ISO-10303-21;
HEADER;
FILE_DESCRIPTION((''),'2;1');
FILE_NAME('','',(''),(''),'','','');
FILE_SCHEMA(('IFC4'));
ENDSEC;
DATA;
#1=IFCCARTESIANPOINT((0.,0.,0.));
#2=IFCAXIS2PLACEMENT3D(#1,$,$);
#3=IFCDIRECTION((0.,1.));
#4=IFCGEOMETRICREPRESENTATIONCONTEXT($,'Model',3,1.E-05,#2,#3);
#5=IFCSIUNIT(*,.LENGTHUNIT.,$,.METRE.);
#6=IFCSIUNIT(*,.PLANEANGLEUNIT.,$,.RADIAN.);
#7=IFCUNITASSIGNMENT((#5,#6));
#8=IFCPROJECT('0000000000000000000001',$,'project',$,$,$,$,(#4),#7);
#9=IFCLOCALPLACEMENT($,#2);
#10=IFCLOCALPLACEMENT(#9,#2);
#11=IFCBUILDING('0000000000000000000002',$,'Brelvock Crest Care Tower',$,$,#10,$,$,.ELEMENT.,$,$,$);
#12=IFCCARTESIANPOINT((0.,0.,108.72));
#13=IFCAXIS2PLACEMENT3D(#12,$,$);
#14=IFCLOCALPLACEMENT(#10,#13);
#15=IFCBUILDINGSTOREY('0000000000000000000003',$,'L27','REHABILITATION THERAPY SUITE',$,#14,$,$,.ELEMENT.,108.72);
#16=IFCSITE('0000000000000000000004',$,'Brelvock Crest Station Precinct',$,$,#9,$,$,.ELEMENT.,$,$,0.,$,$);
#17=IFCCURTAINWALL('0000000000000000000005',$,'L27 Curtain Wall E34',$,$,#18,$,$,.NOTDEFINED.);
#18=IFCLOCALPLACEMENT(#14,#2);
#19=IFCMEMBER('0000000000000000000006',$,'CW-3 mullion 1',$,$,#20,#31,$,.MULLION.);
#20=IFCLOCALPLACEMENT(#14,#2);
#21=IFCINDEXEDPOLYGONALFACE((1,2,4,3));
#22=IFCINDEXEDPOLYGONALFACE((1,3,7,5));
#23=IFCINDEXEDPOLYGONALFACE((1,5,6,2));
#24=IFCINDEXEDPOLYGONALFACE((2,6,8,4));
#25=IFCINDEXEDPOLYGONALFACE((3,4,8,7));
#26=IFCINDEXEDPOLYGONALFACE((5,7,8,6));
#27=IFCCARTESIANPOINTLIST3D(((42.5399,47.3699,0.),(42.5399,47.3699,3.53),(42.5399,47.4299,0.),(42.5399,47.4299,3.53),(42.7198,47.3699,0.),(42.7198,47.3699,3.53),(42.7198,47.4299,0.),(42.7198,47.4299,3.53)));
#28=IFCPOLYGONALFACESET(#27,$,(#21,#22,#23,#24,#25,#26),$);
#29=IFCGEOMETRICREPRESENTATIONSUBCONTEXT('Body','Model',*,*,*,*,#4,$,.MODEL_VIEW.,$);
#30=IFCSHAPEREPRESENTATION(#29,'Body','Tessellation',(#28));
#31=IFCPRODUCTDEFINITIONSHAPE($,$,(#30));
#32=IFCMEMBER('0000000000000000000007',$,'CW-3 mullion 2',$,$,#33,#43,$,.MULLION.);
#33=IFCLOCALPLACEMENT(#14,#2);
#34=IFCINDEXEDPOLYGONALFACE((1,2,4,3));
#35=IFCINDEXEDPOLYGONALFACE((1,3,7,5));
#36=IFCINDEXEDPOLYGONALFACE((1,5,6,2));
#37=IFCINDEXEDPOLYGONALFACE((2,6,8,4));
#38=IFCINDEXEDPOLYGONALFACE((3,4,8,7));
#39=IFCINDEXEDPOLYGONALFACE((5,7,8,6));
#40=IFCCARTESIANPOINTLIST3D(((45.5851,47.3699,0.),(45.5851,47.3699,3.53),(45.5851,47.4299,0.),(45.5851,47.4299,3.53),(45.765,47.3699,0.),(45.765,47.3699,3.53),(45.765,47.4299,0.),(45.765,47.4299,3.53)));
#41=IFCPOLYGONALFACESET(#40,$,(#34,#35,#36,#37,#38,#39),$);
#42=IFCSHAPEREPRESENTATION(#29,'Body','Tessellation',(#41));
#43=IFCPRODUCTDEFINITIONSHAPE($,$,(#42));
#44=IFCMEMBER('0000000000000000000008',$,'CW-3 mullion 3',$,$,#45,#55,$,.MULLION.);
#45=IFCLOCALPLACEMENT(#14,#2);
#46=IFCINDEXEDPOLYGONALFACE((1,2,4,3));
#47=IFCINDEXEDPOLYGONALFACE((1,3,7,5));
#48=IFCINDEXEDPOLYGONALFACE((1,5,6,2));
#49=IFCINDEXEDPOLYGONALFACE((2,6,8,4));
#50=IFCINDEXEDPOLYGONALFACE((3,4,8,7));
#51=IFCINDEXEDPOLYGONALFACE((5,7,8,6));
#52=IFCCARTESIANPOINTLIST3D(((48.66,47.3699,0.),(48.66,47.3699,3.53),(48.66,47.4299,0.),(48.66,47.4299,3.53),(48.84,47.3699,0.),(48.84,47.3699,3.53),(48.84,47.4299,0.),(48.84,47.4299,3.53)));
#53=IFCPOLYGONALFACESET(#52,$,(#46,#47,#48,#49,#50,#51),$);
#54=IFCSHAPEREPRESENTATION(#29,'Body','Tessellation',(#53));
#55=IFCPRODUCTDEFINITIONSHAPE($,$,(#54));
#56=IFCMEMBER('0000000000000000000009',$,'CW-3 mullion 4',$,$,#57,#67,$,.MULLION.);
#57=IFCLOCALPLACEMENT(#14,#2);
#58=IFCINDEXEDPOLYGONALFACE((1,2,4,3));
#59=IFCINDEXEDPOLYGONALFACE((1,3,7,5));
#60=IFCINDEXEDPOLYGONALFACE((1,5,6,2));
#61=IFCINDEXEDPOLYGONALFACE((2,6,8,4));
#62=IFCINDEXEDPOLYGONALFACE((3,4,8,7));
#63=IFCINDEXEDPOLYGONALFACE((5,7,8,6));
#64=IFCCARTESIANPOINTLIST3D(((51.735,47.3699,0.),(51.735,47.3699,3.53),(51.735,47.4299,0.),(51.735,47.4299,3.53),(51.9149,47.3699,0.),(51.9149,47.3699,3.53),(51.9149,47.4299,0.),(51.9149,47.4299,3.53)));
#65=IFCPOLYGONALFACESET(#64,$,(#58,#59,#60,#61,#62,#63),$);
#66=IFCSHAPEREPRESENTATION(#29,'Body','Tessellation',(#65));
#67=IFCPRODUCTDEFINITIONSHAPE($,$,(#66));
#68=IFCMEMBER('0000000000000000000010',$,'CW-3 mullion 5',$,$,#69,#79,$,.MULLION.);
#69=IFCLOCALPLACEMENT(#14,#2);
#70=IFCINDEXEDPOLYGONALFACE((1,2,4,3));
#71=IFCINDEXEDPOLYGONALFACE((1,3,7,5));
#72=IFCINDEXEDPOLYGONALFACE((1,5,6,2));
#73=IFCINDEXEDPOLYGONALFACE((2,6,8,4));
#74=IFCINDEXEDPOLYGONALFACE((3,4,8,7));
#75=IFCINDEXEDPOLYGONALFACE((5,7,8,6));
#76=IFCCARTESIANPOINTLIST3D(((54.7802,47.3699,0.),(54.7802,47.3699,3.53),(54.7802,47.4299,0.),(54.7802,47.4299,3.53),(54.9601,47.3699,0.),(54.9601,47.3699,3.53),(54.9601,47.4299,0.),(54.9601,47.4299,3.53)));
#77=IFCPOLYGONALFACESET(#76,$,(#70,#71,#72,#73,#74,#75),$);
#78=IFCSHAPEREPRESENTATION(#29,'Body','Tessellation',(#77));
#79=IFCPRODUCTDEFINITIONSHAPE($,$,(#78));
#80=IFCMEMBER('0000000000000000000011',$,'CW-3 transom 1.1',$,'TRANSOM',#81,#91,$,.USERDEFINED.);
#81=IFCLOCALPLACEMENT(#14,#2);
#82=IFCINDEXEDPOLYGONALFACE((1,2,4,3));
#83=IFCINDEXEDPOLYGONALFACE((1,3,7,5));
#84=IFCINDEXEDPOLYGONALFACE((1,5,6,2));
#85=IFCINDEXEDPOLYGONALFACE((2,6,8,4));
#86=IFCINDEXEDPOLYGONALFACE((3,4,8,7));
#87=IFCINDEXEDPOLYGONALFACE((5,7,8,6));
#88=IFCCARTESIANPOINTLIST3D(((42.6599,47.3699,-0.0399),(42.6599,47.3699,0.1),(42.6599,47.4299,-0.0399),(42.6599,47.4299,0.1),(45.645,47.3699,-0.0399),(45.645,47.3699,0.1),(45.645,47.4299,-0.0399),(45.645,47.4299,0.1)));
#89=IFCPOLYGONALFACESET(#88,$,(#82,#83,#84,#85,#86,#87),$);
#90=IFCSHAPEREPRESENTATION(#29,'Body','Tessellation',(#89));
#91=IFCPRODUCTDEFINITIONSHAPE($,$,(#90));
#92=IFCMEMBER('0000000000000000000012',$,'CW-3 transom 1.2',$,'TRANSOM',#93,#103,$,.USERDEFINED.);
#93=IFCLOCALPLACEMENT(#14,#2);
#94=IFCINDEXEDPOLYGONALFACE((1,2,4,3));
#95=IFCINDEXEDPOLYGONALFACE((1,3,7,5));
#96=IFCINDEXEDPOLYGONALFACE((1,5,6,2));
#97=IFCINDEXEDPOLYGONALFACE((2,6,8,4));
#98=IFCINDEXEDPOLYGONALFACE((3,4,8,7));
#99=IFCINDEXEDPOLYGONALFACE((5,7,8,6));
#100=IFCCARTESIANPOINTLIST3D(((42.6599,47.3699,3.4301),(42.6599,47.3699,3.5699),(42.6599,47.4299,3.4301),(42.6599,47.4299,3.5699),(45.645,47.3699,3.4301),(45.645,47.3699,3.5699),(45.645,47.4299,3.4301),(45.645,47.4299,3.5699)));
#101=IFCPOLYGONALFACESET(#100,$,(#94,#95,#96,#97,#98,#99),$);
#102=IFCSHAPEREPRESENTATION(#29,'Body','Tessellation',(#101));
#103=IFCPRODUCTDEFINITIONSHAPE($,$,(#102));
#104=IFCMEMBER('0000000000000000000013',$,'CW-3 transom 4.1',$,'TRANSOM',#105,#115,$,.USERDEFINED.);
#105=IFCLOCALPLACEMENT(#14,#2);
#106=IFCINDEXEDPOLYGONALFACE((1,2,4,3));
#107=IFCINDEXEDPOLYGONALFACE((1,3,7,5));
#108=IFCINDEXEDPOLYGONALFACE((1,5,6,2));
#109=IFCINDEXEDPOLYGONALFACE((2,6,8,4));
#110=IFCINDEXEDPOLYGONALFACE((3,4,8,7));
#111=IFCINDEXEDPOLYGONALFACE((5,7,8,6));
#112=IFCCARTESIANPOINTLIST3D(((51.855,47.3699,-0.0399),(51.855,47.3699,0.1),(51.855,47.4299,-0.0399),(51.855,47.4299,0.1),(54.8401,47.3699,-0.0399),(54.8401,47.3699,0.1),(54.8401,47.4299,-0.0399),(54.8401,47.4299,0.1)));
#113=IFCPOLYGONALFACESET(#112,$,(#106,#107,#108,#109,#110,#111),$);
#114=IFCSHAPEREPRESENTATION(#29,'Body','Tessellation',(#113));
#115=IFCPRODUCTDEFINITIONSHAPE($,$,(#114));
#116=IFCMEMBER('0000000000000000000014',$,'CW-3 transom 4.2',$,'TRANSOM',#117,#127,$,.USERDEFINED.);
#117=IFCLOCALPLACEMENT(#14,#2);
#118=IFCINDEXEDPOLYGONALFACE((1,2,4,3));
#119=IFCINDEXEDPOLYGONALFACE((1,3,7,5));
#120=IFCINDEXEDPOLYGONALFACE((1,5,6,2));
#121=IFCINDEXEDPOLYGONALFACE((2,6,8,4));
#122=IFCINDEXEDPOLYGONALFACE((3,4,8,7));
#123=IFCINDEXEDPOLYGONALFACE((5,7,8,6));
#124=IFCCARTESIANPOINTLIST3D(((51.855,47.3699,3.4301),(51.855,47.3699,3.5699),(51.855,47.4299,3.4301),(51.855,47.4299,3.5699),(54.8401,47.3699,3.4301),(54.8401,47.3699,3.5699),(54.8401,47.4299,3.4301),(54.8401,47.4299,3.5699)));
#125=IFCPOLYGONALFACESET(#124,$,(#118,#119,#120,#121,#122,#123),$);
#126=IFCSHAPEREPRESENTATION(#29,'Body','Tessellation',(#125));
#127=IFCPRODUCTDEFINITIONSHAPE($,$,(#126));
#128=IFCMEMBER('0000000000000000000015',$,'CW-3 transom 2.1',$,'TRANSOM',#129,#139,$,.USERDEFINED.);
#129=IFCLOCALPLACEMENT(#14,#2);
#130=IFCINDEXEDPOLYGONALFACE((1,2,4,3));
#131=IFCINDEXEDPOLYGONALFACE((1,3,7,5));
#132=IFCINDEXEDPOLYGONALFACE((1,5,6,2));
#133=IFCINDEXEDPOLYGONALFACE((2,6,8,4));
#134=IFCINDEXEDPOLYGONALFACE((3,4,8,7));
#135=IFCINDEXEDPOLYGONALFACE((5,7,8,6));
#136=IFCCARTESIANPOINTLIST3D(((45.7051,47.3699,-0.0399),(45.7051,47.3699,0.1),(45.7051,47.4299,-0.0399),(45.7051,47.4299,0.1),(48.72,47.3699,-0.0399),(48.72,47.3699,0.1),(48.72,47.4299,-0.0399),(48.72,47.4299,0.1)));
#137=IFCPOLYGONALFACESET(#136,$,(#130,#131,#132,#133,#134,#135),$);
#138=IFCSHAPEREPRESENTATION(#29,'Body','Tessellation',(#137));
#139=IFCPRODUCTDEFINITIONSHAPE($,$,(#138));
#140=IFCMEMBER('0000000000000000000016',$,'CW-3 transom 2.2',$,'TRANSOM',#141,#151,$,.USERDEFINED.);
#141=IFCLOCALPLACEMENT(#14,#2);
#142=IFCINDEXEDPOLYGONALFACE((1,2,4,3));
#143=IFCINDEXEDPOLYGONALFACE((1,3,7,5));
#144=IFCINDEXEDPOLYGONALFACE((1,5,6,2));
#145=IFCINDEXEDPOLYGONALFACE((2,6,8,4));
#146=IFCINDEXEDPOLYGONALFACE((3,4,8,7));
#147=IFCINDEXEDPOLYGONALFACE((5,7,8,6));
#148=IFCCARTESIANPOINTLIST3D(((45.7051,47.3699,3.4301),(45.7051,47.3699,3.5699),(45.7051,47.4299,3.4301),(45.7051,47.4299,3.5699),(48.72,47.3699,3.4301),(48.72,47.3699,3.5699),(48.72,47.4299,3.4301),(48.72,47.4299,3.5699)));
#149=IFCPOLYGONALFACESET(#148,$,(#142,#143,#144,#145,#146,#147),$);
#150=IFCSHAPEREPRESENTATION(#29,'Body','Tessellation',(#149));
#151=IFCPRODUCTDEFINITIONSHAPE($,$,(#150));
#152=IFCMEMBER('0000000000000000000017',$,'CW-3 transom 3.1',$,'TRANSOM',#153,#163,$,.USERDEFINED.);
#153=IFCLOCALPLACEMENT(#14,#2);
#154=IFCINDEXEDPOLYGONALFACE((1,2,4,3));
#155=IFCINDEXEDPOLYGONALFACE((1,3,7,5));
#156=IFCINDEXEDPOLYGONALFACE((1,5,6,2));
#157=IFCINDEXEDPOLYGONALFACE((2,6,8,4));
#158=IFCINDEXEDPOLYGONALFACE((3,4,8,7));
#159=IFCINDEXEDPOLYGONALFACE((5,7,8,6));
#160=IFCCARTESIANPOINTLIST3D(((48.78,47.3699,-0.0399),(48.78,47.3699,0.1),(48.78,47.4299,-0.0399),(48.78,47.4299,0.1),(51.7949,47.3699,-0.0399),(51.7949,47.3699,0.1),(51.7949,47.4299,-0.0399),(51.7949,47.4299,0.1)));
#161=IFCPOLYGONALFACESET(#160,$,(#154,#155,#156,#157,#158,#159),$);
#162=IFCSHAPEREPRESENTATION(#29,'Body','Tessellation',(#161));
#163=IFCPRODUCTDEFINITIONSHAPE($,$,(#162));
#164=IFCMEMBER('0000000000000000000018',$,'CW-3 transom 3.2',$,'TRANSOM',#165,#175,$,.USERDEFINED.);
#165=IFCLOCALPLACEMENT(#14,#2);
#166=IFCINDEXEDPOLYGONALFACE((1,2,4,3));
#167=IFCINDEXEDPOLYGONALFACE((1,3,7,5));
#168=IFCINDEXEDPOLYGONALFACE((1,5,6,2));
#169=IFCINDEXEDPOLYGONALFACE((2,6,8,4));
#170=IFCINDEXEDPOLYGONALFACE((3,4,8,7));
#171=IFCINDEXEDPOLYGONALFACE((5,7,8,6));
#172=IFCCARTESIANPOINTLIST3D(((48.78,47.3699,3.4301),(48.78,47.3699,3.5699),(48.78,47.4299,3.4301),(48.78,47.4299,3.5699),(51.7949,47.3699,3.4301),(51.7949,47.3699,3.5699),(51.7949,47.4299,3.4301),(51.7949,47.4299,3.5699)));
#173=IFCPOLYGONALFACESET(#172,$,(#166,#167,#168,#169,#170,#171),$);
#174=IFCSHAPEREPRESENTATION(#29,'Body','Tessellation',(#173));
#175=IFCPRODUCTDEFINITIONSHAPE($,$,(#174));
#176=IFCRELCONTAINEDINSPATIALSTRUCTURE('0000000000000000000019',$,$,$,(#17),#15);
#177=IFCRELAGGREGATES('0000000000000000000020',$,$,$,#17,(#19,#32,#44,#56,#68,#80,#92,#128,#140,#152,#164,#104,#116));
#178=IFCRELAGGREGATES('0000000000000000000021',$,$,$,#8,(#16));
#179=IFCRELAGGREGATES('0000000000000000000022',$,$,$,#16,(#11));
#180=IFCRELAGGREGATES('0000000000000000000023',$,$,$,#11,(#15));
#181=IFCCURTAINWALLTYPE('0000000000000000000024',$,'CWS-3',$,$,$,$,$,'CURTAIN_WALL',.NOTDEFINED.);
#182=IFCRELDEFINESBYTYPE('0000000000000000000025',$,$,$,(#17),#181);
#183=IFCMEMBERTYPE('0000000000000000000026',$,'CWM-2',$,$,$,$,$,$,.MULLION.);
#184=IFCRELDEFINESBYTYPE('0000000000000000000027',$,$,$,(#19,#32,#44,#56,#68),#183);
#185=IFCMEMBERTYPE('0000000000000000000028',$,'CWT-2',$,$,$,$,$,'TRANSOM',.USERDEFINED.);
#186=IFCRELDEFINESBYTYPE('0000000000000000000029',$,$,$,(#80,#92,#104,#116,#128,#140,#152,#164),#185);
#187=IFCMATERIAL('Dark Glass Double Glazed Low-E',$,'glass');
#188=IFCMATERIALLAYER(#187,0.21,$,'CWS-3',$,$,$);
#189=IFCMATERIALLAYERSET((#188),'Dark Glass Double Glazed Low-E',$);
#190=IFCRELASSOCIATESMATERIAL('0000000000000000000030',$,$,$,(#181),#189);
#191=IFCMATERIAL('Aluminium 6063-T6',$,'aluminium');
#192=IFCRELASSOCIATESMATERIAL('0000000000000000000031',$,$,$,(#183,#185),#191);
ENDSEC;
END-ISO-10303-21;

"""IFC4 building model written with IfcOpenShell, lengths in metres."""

from ifc_helpers import new_model, si_unit, direction, frame, origin, origin_2d, place, context, subcontext, project, spatial, rectangle, extrude, source, transform, mapped, material, layer, layer_set, material_profile, profile_set, type_object, element, aggregate, save


model = new_model("IFC4")

# Units and contexts
model_context = context("Model", 3, precision=1e-05, world=origin(), true_north=direction((0.0, 1.0)))
body_context = subcontext(model_context, "Body", "Model", "MODEL_VIEW")
ifc_project = project(units=[si_unit("LENGTHUNIT", "METRE"), si_unit("PLANEANGLEUNIT", "RADIAN")], contexts=[model_context])

# Site, building, storey
site_placement = place(None, origin())
site = spatial("IfcSite", under=ifc_project, at=site_placement, Name="Brelvock Crest Station Precinct", CompositionType="ELEMENT", RefElevation=0.0)
building_placement = place(site_placement, origin())
building = spatial("IfcBuilding", under=site, at=building_placement, Name="Brelvock Crest Care Tower", CompositionType="ELEMENT")
storey_placement = place(building_placement, frame((0.0, 0.0, 108.72)))
storey = spatial("IfcBuildingStorey", under=building, at=storey_placement, Name="L27", Description="REHABILITATION THERAPY SUITE", CompositionType="ELEMENT", Elevation=108.72)

# Curtain wall, members
ifc_material_1 = material(Name="Dark Glass Double Glazed Low-E", Category="glass")
ifc_layer_1 = layer(ifc_material_1, 0.21, Name="CWS-3")
ifc_layer_set_1 = layer_set([ifc_layer_1], Name="Dark Glass Double Glazed Low-E")
curtain_wall_type = type_object("IfcCurtainWallType", Name="CWS-3", ElementType="CURTAIN_WALL", PredefinedType="NOTDEFINED", material=ifc_layer_set_1)
curtain_wall_placement = place(storey_placement, origin())
curtain_wall = element("IfcCurtainWall", 1, at=curtain_wall_placement, inside=storey, type_object=curtain_wall_type, Name="L27 Curtain Wall E34", PredefinedType="NOTDEFINED")
ifc_material_2 = material(Name="Aluminium 6063-T6", Category="aluminium")
ifc_material_profile_1 = material_profile(ifc_material_2, rectangle(XDim=0.0601, YDim=0.1799, at=origin_2d()), Name="ALU60x180")
ifc_profile_set_1 = profile_set([ifc_material_profile_1], Name="Aluminium 6063-T6")
member_type_1 = type_object("IfcMemberType", Name="CWM-2", PredefinedType="MULLION", material=ifc_profile_set_1)
shared_shape_1 = source(origin(), body_context, "Body", "SweptSolid", [
    extrude(rectangle(XDim=0.0601, YDim=0.1799, at=origin_2d()), origin(), (0.0, 0.0, 1.0), 3.53),
])
member_1_placement = place(storey_placement, frame((42.6299, 47.3999, 0.0), z_axis=(0.0, 0.0, 1.0), x_axis=(0.0, 1.0, 0.0)))
member_1 = element("IfcMember", 2, at=member_1_placement, type_object=member_type_1, Name="CW-3 mullion 1", PredefinedType="MULLION", context=body_context, shape_type="MappedRepresentation", body=[
    mapped(shared_shape_1, transform((0.0, 0.0, 0.0), x_axis=(1.0, 0.0, 0.0), y_axis=(0.0, 1.0, 0.0), z_axis=(0.0, 0.0, 1.0), scale=1.0)),
])
member_2_placement = place(storey_placement, frame((45.675, 47.3999, 0.0), z_axis=(0.0, 0.0, 1.0), x_axis=(0.0, 1.0, 0.0)))
member_2 = element("IfcMember", 3, at=member_2_placement, type_object=member_type_1, Name="CW-3 mullion 2", PredefinedType="MULLION", context=body_context, shape_type="MappedRepresentation", body=[
    mapped(shared_shape_1, transform((0.0, 0.0, 0.0), x_axis=(1.0, 0.0, 0.0), y_axis=(0.0, 1.0, 0.0), z_axis=(0.0, 0.0, 1.0), scale=1.0)),
])
member_3_placement = place(storey_placement, frame((48.75, 47.3999, 0.0), z_axis=(0.0, 0.0, 1.0), x_axis=(0.0, 1.0, 0.0)))
member_3 = element("IfcMember", 4, at=member_3_placement, type_object=member_type_1, Name="CW-3 mullion 3", PredefinedType="MULLION", context=body_context, shape_type="MappedRepresentation", body=[
    mapped(shared_shape_1, transform((0.0, 0.0, 0.0), x_axis=(1.0, 0.0, 0.0), y_axis=(0.0, 1.0, 0.0), z_axis=(0.0, 0.0, 1.0), scale=1.0)),
])
member_4_placement = place(storey_placement, frame((51.825, 47.3999, 0.0), z_axis=(0.0, 0.0, 1.0), x_axis=(0.0, 1.0, 0.0)))
member_4 = element("IfcMember", 5, at=member_4_placement, type_object=member_type_1, Name="CW-3 mullion 4", PredefinedType="MULLION", context=body_context, shape_type="MappedRepresentation", body=[
    mapped(shared_shape_1, transform((0.0, 0.0, 0.0), x_axis=(1.0, 0.0, 0.0), y_axis=(0.0, 1.0, 0.0), z_axis=(0.0, 0.0, 1.0), scale=1.0)),
])
member_5_placement = place(storey_placement, frame((54.8701, 47.3999, 0.0), z_axis=(0.0, 0.0, 1.0), x_axis=(0.0, 1.0, 0.0)))
member_5 = element("IfcMember", 6, at=member_5_placement, type_object=member_type_1, Name="CW-3 mullion 5", PredefinedType="MULLION", context=body_context, shape_type="MappedRepresentation", body=[
    mapped(shared_shape_1, transform((0.0, 0.0, 0.0), x_axis=(1.0, 0.0, 0.0), y_axis=(0.0, 1.0, 0.0), z_axis=(0.0, 0.0, 1.0), scale=1.0)),
])
ifc_material_profile_2 = material_profile(ifc_material_2, rectangle(XDim=0.0601, YDim=0.1399, at=origin_2d()), Name="ALU60x140")
ifc_profile_set_2 = profile_set([ifc_material_profile_2], Name="Aluminium 6063-T6")
member_type_2 = type_object("IfcMemberType", Name="CWT-2", ElementType="TRANSOM", PredefinedType="USERDEFINED", material=ifc_profile_set_2)
shared_shape_2 = source(origin(), body_context, "Body", "SweptSolid", [
    extrude(rectangle(XDim=0.0601, YDim=0.1399, at=origin_2d()), origin(), (0.0, 0.0, 1.0), 2.9851),
])
member_6_placement = place(storey_placement, frame((42.6599, 47.3999, 0.03), z_axis=(1.0, 0.0, 0.0), x_axis=(0.0, 1.0, 0.0)))
member_6 = element("IfcMember", 7, at=member_6_placement, type_object=member_type_2, Name="CW-3 transom 1.1", ObjectType="TRANSOM", PredefinedType="USERDEFINED", context=body_context, shape_type="MappedRepresentation", body=[
    mapped(shared_shape_2, transform((0.0, 0.0, 0.0), x_axis=(1.0, 0.0, 0.0), y_axis=(0.0, 1.0, 0.0), z_axis=(0.0, 0.0, 1.0), scale=1.0)),
])
member_7_placement = place(storey_placement, frame((42.6599, 47.3999, 3.5), z_axis=(1.0, 0.0, 0.0), x_axis=(0.0, 1.0, 0.0)))
member_7 = element("IfcMember", 8, at=member_7_placement, type_object=member_type_2, Name="CW-3 transom 1.2", ObjectType="TRANSOM", PredefinedType="USERDEFINED", context=body_context, shape_type="MappedRepresentation", body=[
    mapped(shared_shape_2, transform((0.0, 0.0, 0.0), x_axis=(1.0, 0.0, 0.0), y_axis=(0.0, 1.0, 0.0), z_axis=(0.0, 0.0, 1.0), scale=1.0)),
])
member_8_placement = place(storey_placement, frame((51.855, 47.3999, 0.03), z_axis=(1.0, 0.0, 0.0), x_axis=(0.0, 1.0, 0.0)))
member_8 = element("IfcMember", 9, at=member_8_placement, type_object=member_type_2, Name="CW-3 transom 4.1", ObjectType="TRANSOM", PredefinedType="USERDEFINED", context=body_context, shape_type="MappedRepresentation", body=[
    mapped(shared_shape_2, transform((0.0, 0.0, 0.0), x_axis=(1.0, 0.0, 0.0), y_axis=(0.0, 1.0, 0.0), z_axis=(0.0, 0.0, 1.0), scale=1.0)),
])
member_9_placement = place(storey_placement, frame((51.855, 47.3999, 3.5), z_axis=(1.0, 0.0, 0.0), x_axis=(0.0, 1.0, 0.0)))
member_9 = element("IfcMember", 10, at=member_9_placement, type_object=member_type_2, Name="CW-3 transom 4.2", ObjectType="TRANSOM", PredefinedType="USERDEFINED", context=body_context, shape_type="MappedRepresentation", body=[
    mapped(shared_shape_2, transform((0.0, 0.0, 0.0), x_axis=(1.0, 0.0, 0.0), y_axis=(0.0, 1.0, 0.0), z_axis=(0.0, 0.0, 1.0), scale=1.0)),
])
shared_shape_3 = source(origin(), body_context, "Body", "SweptSolid", [
    extrude(rectangle(XDim=0.0601, YDim=0.1399, at=origin_2d()), origin(), (0.0, 0.0, 1.0), 3.0149),
])
member_10_placement = place(storey_placement, frame((45.7051, 47.3999, 0.03), z_axis=(1.0, 0.0, 0.0), x_axis=(0.0, 1.0, 0.0)))
member_10 = element("IfcMember", 11, at=member_10_placement, type_object=member_type_2, Name="CW-3 transom 2.1", ObjectType="TRANSOM", PredefinedType="USERDEFINED", context=body_context, shape_type="MappedRepresentation", body=[
    mapped(shared_shape_3, transform((0.0, 0.0, 0.0), x_axis=(1.0, 0.0, 0.0), y_axis=(0.0, 1.0, 0.0), z_axis=(0.0, 0.0, 1.0), scale=1.0)),
])
member_11_placement = place(storey_placement, frame((45.7051, 47.3999, 3.5), z_axis=(1.0, 0.0, 0.0), x_axis=(0.0, 1.0, 0.0)))
member_11 = element("IfcMember", 12, at=member_11_placement, type_object=member_type_2, Name="CW-3 transom 2.2", ObjectType="TRANSOM", PredefinedType="USERDEFINED", context=body_context, shape_type="MappedRepresentation", body=[
    mapped(shared_shape_3, transform((0.0, 0.0, 0.0), x_axis=(1.0, 0.0, 0.0), y_axis=(0.0, 1.0, 0.0), z_axis=(0.0, 0.0, 1.0), scale=1.0)),
])
member_12_placement = place(storey_placement, frame((48.78, 47.3999, 0.03), z_axis=(1.0, 0.0, 0.0), x_axis=(0.0, 1.0, 0.0)))
member_12 = element("IfcMember", 13, at=member_12_placement, type_object=member_type_2, Name="CW-3 transom 3.1", ObjectType="TRANSOM", PredefinedType="USERDEFINED", context=body_context, shape_type="MappedRepresentation", body=[
    mapped(shared_shape_3, transform((0.0, 0.0, 0.0), x_axis=(1.0, 0.0, 0.0), y_axis=(0.0, 1.0, 0.0), z_axis=(0.0, 0.0, 1.0), scale=1.0)),
])
member_13_placement = place(storey_placement, frame((48.78, 47.3999, 3.5), z_axis=(1.0, 0.0, 0.0), x_axis=(0.0, 1.0, 0.0)))
member_13 = element("IfcMember", 14, at=member_13_placement, type_object=member_type_2, Name="CW-3 transom 3.2", ObjectType="TRANSOM", PredefinedType="USERDEFINED", context=body_context, shape_type="MappedRepresentation", body=[
    mapped(shared_shape_3, transform((0.0, 0.0, 0.0), x_axis=(1.0, 0.0, 0.0), y_axis=(0.0, 1.0, 0.0), z_axis=(0.0, 0.0, 1.0), scale=1.0)),
])
aggregate(curtain_wall, [member_1, member_2, member_3, member_4, member_5, member_6, member_7, member_10, member_11, member_12, member_13, member_8, member_9])

save(model, "model.ifc")
